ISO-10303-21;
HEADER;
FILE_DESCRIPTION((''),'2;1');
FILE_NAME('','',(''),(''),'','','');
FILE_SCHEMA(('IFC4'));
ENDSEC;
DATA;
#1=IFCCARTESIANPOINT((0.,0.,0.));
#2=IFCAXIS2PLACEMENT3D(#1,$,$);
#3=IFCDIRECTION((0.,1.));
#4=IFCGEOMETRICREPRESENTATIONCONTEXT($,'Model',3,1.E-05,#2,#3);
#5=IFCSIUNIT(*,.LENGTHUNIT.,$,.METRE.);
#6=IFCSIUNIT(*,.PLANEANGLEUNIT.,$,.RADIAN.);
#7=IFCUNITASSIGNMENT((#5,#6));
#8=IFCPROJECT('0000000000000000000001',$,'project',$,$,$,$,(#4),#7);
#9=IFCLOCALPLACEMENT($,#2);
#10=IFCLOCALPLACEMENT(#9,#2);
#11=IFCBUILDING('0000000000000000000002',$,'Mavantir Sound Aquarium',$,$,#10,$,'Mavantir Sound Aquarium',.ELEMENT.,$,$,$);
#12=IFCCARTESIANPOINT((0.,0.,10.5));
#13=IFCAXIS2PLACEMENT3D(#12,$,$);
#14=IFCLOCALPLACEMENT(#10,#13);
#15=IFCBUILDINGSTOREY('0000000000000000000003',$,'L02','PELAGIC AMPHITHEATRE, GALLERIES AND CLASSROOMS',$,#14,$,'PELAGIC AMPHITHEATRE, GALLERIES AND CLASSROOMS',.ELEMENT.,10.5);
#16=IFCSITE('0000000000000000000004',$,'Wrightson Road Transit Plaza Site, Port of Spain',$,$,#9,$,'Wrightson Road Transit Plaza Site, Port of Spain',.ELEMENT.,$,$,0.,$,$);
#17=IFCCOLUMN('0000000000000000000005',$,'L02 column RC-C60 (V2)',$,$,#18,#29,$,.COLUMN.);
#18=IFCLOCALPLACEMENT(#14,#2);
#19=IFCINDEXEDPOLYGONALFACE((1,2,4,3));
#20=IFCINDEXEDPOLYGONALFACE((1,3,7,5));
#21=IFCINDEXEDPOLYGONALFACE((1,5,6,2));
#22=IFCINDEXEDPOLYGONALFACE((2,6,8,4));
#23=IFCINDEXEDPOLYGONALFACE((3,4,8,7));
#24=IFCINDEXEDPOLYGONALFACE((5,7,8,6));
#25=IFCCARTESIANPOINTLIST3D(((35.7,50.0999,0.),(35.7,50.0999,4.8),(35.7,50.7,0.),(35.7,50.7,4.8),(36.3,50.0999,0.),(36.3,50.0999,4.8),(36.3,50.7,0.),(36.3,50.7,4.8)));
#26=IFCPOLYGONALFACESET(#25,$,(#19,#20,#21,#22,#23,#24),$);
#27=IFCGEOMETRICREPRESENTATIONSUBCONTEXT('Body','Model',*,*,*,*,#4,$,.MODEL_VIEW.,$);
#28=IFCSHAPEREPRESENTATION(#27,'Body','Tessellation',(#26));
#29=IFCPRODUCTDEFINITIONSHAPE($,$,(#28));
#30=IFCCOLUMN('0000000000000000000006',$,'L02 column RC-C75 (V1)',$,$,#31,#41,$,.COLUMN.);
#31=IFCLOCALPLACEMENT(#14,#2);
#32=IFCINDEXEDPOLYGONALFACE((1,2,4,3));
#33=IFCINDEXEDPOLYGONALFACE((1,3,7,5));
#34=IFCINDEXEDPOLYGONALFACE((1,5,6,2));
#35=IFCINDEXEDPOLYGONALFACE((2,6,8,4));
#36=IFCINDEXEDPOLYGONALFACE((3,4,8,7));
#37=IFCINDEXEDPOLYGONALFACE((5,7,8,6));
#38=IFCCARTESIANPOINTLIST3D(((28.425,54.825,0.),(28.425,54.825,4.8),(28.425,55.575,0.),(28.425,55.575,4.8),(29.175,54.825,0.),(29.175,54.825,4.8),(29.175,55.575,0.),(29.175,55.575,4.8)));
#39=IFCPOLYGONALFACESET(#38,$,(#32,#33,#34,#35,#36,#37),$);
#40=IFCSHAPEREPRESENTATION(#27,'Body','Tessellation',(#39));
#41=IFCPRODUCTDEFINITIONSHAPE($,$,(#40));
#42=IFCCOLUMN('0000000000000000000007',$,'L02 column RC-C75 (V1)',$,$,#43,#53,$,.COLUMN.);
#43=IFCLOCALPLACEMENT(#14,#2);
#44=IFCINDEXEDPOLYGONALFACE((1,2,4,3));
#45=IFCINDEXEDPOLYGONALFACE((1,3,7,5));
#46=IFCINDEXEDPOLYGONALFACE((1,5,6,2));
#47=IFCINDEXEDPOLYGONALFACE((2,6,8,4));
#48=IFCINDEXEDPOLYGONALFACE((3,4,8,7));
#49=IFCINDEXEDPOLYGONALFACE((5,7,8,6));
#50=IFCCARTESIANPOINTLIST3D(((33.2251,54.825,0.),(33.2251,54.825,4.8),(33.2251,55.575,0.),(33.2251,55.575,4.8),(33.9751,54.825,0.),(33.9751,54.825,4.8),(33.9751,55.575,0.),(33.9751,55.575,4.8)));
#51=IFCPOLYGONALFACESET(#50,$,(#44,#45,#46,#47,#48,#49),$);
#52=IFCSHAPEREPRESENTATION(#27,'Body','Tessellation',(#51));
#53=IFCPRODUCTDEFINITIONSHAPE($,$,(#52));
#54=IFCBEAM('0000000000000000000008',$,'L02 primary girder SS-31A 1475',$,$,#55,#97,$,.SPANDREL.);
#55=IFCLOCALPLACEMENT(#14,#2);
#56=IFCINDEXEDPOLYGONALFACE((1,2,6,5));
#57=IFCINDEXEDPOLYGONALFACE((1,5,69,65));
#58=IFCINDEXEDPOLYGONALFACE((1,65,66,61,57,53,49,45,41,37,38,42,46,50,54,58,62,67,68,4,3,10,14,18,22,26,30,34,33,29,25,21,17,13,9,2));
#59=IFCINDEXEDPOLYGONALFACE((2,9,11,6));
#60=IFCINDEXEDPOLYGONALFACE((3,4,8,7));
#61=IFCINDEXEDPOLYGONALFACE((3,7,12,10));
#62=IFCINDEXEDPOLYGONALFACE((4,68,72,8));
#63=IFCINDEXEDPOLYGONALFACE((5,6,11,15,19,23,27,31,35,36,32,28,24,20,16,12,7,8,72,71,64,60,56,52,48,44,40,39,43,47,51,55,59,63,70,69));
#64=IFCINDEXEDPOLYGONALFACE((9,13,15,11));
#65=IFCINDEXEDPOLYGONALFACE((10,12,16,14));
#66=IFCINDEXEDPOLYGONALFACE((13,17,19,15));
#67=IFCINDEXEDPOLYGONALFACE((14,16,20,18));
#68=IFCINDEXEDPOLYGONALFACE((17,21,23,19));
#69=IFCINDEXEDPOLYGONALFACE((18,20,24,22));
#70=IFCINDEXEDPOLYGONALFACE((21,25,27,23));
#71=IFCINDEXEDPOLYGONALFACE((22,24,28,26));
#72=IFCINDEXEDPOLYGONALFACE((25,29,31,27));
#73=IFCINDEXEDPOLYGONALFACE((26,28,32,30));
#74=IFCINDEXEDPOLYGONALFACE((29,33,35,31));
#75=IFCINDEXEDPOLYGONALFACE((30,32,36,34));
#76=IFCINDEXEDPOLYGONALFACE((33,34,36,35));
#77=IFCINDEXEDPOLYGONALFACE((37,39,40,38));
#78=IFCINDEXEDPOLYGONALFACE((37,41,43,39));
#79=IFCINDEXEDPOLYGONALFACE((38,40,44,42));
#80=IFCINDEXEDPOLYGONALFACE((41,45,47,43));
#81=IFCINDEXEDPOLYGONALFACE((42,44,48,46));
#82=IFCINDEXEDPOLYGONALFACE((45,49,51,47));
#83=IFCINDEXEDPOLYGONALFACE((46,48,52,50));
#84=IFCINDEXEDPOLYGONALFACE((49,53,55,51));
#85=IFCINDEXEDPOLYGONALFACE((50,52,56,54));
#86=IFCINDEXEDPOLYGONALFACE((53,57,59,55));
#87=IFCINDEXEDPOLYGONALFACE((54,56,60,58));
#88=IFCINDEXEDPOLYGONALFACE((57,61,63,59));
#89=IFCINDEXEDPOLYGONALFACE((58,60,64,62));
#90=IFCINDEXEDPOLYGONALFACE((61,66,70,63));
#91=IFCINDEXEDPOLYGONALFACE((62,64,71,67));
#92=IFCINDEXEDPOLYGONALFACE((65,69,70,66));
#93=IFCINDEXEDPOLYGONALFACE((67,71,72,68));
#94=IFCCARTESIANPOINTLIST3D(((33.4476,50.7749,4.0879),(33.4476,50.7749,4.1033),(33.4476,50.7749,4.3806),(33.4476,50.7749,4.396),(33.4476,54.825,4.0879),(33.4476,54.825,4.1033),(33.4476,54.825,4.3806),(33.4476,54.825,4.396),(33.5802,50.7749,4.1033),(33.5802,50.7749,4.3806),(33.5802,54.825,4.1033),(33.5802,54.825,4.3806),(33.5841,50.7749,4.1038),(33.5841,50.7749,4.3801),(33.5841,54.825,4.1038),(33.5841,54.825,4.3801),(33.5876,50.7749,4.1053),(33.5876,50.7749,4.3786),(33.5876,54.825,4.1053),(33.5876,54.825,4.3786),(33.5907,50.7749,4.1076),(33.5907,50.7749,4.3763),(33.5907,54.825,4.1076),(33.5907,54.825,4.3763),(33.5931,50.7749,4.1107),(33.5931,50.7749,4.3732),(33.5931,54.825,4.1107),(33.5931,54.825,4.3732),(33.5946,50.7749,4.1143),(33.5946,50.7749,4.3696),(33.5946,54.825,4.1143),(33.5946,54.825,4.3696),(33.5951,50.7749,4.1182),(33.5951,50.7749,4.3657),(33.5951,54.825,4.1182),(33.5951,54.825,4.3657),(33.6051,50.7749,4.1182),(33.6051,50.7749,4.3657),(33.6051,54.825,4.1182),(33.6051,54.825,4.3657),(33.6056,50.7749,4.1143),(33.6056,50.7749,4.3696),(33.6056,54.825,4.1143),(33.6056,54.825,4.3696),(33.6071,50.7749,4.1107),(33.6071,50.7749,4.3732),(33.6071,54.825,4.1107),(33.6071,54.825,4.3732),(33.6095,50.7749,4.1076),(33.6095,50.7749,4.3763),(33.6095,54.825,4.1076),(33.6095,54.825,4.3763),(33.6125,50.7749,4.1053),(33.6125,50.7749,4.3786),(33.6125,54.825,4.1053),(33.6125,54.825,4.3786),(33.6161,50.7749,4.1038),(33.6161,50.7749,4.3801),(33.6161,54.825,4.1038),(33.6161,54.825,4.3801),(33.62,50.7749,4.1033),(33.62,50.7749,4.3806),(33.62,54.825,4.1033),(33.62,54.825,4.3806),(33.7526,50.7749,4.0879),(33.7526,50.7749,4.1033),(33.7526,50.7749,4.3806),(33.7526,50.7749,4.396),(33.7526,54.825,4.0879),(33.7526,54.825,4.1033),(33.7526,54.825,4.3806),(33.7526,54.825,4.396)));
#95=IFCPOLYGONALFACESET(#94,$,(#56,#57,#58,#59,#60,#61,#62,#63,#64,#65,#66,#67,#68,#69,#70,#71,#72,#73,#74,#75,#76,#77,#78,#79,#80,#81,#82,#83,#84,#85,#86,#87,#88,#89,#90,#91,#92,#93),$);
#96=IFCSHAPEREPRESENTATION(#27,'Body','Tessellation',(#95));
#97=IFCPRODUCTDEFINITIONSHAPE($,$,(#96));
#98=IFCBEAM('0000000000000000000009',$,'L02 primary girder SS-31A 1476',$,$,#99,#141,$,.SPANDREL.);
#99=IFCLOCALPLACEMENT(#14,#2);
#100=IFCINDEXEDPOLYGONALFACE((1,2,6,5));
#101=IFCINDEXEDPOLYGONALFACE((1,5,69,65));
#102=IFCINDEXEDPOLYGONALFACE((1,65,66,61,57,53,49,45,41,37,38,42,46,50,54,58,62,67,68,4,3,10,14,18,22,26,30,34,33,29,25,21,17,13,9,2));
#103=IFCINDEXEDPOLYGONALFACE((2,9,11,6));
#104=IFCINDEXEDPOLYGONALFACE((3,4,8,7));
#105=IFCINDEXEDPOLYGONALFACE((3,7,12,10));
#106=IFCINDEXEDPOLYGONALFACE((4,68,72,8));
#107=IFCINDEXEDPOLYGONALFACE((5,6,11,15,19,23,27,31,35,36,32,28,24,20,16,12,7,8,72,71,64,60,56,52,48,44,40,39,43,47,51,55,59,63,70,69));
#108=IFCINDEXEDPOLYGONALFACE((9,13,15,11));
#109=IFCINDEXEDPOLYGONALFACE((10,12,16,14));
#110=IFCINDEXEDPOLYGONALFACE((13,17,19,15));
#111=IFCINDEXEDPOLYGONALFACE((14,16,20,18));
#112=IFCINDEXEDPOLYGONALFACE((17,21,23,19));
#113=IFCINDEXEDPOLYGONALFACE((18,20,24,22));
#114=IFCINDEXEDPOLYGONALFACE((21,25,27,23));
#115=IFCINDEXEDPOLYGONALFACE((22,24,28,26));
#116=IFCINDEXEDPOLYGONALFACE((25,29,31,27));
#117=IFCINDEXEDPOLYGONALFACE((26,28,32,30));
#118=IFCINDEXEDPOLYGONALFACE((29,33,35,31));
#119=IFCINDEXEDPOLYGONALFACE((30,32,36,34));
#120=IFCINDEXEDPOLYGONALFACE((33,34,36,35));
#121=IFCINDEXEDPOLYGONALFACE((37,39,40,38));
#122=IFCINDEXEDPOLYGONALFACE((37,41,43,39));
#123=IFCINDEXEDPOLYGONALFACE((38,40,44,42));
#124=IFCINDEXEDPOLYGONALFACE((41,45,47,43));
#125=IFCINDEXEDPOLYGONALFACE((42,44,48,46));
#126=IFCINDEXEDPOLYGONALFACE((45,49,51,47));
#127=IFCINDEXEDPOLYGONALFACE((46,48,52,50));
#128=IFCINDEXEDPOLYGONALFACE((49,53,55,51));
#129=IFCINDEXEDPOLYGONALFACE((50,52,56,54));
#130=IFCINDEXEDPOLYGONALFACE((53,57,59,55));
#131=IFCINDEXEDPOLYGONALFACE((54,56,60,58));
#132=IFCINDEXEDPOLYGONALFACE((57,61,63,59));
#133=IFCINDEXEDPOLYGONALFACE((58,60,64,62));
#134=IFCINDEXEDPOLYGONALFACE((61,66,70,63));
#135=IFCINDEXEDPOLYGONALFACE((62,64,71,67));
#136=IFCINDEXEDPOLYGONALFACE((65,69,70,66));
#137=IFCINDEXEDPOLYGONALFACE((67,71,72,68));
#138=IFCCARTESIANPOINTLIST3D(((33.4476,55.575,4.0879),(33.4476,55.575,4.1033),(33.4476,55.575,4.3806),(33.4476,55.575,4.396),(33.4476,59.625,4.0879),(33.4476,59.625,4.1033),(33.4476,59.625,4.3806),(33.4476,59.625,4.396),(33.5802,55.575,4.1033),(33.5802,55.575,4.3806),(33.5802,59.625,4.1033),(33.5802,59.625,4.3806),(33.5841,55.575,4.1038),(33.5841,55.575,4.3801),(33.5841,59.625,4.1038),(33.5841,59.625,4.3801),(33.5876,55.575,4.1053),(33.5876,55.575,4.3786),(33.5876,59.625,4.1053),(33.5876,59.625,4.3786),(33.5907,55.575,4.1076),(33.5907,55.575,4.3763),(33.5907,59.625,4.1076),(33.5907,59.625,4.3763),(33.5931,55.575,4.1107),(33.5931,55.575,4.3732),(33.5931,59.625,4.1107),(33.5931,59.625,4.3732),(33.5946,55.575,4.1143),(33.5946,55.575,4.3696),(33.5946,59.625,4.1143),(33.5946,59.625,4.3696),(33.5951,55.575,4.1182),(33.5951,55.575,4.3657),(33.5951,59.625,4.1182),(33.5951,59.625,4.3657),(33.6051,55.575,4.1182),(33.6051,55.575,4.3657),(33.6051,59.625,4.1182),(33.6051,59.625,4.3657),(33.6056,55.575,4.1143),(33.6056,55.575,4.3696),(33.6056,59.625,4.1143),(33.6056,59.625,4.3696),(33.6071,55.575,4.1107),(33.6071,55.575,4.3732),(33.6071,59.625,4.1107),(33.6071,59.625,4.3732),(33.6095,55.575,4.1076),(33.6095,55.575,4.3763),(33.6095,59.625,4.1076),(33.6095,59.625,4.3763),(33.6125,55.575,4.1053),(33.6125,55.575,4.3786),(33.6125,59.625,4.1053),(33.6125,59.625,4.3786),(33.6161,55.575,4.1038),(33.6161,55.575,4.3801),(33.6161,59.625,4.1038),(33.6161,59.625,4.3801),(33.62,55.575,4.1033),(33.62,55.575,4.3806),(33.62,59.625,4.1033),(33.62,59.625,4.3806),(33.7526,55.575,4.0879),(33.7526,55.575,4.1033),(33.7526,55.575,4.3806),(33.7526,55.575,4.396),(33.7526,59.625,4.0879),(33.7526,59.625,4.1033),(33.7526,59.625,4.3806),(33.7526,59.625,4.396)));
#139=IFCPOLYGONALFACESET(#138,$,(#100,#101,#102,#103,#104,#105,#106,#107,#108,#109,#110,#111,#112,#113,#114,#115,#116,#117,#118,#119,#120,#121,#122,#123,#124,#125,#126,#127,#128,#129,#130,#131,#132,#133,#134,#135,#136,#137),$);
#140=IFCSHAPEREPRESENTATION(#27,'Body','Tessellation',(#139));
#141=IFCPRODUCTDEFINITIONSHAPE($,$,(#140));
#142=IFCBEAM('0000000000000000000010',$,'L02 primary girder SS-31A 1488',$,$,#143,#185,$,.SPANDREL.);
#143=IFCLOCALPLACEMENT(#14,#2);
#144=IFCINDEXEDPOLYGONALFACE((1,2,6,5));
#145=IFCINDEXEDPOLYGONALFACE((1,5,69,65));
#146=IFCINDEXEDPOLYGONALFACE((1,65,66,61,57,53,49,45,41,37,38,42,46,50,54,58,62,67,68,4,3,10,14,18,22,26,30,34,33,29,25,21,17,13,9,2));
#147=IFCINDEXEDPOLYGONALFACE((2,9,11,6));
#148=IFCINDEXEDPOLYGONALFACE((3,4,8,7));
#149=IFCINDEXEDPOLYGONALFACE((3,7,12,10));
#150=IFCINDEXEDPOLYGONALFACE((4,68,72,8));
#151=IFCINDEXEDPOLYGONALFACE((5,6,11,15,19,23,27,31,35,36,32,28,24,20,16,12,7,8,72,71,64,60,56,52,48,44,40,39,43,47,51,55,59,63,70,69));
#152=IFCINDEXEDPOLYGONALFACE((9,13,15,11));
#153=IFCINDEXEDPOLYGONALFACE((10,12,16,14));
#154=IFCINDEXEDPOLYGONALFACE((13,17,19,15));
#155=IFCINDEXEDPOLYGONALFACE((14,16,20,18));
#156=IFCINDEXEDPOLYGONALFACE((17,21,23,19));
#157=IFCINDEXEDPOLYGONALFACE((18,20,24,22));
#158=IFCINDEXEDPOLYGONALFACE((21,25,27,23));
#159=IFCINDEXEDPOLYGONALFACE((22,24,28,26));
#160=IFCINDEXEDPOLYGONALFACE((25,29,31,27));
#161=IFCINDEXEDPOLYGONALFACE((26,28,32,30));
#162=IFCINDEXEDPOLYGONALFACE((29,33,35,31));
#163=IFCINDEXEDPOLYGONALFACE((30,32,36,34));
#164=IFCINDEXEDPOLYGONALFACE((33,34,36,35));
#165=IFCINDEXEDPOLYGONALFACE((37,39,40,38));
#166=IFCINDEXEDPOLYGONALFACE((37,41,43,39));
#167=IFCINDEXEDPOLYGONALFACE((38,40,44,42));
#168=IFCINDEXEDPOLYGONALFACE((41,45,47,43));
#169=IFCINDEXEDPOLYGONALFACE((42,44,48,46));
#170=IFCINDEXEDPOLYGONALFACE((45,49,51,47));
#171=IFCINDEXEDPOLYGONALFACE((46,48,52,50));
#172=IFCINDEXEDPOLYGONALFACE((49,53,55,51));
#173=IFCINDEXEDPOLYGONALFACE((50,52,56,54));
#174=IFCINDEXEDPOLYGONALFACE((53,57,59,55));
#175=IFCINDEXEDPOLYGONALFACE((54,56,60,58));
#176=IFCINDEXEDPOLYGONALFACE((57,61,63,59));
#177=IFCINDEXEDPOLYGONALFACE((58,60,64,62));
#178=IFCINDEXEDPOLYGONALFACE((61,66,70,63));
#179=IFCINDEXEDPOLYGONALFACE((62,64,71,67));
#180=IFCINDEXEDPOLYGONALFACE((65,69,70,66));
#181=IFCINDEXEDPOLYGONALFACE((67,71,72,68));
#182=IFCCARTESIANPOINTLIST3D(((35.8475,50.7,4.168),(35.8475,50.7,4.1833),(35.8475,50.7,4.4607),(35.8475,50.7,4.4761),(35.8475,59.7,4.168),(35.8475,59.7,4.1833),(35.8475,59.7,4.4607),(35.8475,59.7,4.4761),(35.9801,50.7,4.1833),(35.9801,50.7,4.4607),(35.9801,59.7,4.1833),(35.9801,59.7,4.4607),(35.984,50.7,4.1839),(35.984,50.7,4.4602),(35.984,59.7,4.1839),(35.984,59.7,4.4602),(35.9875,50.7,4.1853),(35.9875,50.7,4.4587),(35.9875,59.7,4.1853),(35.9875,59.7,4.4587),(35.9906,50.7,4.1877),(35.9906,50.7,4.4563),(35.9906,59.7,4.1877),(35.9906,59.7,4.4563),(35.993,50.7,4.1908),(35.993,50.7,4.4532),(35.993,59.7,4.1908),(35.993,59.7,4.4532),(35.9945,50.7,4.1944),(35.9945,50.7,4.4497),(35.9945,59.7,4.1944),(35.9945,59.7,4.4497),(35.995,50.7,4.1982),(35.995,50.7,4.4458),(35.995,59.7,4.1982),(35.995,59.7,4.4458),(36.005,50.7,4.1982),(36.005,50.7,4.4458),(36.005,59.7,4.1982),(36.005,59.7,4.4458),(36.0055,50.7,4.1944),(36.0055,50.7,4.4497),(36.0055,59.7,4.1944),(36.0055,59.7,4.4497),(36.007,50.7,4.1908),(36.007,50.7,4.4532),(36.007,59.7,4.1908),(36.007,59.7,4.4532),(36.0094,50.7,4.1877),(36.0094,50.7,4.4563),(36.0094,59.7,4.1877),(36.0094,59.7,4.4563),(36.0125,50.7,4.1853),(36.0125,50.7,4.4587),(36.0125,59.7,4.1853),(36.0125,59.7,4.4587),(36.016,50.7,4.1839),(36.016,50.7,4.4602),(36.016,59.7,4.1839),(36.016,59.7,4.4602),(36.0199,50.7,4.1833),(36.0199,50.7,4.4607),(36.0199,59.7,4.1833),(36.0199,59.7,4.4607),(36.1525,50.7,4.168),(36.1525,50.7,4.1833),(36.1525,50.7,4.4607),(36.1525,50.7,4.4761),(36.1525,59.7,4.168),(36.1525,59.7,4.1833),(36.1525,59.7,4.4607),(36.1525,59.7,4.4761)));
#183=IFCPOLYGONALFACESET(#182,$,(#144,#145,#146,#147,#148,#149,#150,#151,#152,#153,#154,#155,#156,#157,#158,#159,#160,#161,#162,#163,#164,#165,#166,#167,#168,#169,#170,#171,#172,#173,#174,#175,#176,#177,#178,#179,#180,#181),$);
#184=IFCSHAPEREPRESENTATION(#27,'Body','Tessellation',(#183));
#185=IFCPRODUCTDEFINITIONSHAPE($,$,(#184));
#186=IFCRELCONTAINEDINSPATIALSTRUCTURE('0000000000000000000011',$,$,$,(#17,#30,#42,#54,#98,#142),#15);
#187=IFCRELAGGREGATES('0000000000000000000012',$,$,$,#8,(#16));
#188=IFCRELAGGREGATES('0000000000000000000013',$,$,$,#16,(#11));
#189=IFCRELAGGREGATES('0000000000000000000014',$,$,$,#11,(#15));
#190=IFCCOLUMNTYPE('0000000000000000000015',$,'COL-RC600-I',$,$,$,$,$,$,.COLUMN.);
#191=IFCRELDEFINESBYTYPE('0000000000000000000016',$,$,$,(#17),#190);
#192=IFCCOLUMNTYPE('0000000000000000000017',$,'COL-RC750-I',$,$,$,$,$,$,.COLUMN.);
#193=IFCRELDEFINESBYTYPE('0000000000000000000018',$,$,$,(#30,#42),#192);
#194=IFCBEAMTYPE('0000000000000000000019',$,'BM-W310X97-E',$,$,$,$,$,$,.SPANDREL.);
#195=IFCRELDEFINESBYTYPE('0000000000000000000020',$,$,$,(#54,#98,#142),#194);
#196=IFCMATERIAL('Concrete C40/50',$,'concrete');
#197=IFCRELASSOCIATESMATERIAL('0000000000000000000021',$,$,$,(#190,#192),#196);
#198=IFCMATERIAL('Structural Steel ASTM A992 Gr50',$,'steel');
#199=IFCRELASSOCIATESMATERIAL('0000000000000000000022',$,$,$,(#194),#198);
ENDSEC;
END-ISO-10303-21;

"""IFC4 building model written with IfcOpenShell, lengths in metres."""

from ifc_helpers import new_model, si_unit, direction, frame, origin, origin_2d, place, context, subcontext, project, spatial, rectangle, i_section, extrude, material, material_profile, profile_set, type_object, element, save


model = new_model("IFC4")

# Units and contexts
model_context = context("Model", 3, precision=1e-05, world=origin(), true_north=direction((0.0, 1.0)))
body_context = subcontext(model_context, "Body", "Model", "MODEL_VIEW")
ifc_project = project(units=[si_unit("LENGTHUNIT", "METRE"), si_unit("PLANEANGLEUNIT", "RADIAN")], contexts=[model_context])

# Site, building, storey
site_placement = place(None, origin())
site = spatial("IfcSite", under=ifc_project, at=site_placement, Name="Wrightson Road Transit Plaza Site, Port of Spain", LongName="Wrightson Road Transit Plaza Site, Port of Spain", CompositionType="ELEMENT", RefElevation=0.0)
building_placement = place(site_placement, origin())
building = spatial("IfcBuilding", under=site, at=building_placement, Name="Mavantir Sound Aquarium", LongName="Mavantir Sound Aquarium", CompositionType="ELEMENT")
storey_placement = place(building_placement, frame((0.0, 0.0, 10.5)))
storey = spatial("IfcBuildingStorey", under=building, at=storey_placement, Name="L02", Description="PELAGIC AMPHITHEATRE, GALLERIES AND CLASSROOMS", LongName="PELAGIC AMPHITHEATRE, GALLERIES AND CLASSROOMS", CompositionType="ELEMENT", Elevation=10.5)

# Columns
ifc_material_1 = material(Name="Concrete C40/50", Category="concrete")
ifc_material_profile_1 = material_profile(ifc_material_1, rectangle(XDim=0.6001, YDim=0.6001, at=origin_2d()), Name="RC 600X600")
ifc_profile_set_1 = profile_set([ifc_material_profile_1], Name="Concrete C40/50")
column_type_1 = type_object("IfcColumnType", Name="COL-RC600-I", PredefinedType="COLUMN", material=ifc_profile_set_1)
column_placement = place(storey_placement, frame((36.0, 50.3999, 0.0), z_axis=(0.0, 0.0, 1.0), x_axis=(1.0, 0.0, 0.0)))
element("IfcColumn", 1, at=column_placement, inside=storey, type_object=column_type_1, Name="L02 column RC-C60 (V2)", PredefinedType="COLUMN", context=body_context, shape_type="SweptSolid", body=[
    extrude(rectangle(XDim=0.6001, YDim=0.6001, at=origin_2d()), origin(), (0.0, 0.0, 1.0), 4.8),
])
ifc_material_profile_2 = material_profile(ifc_material_1, rectangle(XDim=0.75, YDim=0.75, at=origin_2d()), Name="RC 750X750")
ifc_profile_set_2 = profile_set([ifc_material_profile_2], Name="Concrete C40/50")
column_type_2 = type_object("IfcColumnType", Name="COL-RC750-I", PredefinedType="COLUMN", material=ifc_profile_set_2)
for number, where, z_axis, x_axis, name in (
    (2, (28.8, 55.2, 0.0), (0.0, 0.0, 1.0), (1.0, 0.0, 0.0), "L02 column RC-C75 (V1)"),
    (3, (33.6001, 55.2, 0.0), (0.0, 0.0, 1.0), (1.0, 0.0, 0.0), "L02 column RC-C75 (V1)"),
):
    element("IfcColumn", number, at=place(storey_placement, frame(where, z_axis=z_axis, x_axis=x_axis)), inside=storey, type_object=column_type_2, Name=name, PredefinedType="COLUMN", context=body_context, shape_type="SweptSolid", body=[
        extrude(rectangle(XDim=0.75, YDim=0.75, at=origin_2d()), origin(), (0.0, 0.0, 1.0), 4.8),
    ])

# Beams
ifc_material_2 = material(Name="Structural Steel ASTM A992 Gr50", Category="steel")
ifc_material_profile_3 = material_profile(ifc_material_2, i_section(OverallWidth=0.3049, OverallDepth=0.3081, WebThickness=0.01, FlangeThickness=0.0154, FilletRadius=0.0149, at=origin_2d()), Name="W310X97")
ifc_profile_set_3 = profile_set([ifc_material_profile_3], Name="Structural Steel ASTM A992 Gr50")
beam_type_1 = type_object("IfcBeamType", Name="BM-W310X97-E", PredefinedType="SPANDREL", material=ifc_profile_set_3)
for number, where, z_axis, x_axis, name in (
    (4, (33.6001, 50.7749, 4.2419), (0.0, 1.0, 0.0), (-1.0, 0.0, 0.0), "L02 primary girder SS-31A 1475"),
    (5, (33.6001, 55.575, 4.2419), (0.0, 1.0, 0.0), (-1.0, 0.0, 0.0), "L02 primary girder SS-31A 1476"),
):
    element("IfcBeam", number, at=place(storey_placement, frame(where, z_axis=z_axis, x_axis=x_axis)), inside=storey, type_object=beam_type_1, Name=name, PredefinedType="SPANDREL", context=body_context, shape_type="SweptSolid", body=[
        extrude(i_section(OverallWidth=0.3049, OverallDepth=0.3081, WebThickness=0.01, FlangeThickness=0.0154, FilletRadius=0.0149, at=origin_2d()), origin(), (0.0, 0.0, 1.0), 4.05),
    ])
beam_1_placement = place(storey_placement, frame((36.0, 50.7, 4.322), z_axis=(0.0, 1.0, 0.0), x_axis=(-1.0, 0.0, 0.0)))
element("IfcBeam", 6, at=beam_1_placement, inside=storey, type_object=beam_type_1, Name="L02 primary girder SS-31A 1488", PredefinedType="SPANDREL", context=body_context, shape_type="SweptSolid", body=[
    extrude(i_section(OverallWidth=0.3049, OverallDepth=0.3081, WebThickness=0.01, FlangeThickness=0.0154, FilletRadius=0.0149, at=origin_2d()), origin(), (0.0, 0.0, 1.0), 9.0),
])

save(model, "model.ifc")
